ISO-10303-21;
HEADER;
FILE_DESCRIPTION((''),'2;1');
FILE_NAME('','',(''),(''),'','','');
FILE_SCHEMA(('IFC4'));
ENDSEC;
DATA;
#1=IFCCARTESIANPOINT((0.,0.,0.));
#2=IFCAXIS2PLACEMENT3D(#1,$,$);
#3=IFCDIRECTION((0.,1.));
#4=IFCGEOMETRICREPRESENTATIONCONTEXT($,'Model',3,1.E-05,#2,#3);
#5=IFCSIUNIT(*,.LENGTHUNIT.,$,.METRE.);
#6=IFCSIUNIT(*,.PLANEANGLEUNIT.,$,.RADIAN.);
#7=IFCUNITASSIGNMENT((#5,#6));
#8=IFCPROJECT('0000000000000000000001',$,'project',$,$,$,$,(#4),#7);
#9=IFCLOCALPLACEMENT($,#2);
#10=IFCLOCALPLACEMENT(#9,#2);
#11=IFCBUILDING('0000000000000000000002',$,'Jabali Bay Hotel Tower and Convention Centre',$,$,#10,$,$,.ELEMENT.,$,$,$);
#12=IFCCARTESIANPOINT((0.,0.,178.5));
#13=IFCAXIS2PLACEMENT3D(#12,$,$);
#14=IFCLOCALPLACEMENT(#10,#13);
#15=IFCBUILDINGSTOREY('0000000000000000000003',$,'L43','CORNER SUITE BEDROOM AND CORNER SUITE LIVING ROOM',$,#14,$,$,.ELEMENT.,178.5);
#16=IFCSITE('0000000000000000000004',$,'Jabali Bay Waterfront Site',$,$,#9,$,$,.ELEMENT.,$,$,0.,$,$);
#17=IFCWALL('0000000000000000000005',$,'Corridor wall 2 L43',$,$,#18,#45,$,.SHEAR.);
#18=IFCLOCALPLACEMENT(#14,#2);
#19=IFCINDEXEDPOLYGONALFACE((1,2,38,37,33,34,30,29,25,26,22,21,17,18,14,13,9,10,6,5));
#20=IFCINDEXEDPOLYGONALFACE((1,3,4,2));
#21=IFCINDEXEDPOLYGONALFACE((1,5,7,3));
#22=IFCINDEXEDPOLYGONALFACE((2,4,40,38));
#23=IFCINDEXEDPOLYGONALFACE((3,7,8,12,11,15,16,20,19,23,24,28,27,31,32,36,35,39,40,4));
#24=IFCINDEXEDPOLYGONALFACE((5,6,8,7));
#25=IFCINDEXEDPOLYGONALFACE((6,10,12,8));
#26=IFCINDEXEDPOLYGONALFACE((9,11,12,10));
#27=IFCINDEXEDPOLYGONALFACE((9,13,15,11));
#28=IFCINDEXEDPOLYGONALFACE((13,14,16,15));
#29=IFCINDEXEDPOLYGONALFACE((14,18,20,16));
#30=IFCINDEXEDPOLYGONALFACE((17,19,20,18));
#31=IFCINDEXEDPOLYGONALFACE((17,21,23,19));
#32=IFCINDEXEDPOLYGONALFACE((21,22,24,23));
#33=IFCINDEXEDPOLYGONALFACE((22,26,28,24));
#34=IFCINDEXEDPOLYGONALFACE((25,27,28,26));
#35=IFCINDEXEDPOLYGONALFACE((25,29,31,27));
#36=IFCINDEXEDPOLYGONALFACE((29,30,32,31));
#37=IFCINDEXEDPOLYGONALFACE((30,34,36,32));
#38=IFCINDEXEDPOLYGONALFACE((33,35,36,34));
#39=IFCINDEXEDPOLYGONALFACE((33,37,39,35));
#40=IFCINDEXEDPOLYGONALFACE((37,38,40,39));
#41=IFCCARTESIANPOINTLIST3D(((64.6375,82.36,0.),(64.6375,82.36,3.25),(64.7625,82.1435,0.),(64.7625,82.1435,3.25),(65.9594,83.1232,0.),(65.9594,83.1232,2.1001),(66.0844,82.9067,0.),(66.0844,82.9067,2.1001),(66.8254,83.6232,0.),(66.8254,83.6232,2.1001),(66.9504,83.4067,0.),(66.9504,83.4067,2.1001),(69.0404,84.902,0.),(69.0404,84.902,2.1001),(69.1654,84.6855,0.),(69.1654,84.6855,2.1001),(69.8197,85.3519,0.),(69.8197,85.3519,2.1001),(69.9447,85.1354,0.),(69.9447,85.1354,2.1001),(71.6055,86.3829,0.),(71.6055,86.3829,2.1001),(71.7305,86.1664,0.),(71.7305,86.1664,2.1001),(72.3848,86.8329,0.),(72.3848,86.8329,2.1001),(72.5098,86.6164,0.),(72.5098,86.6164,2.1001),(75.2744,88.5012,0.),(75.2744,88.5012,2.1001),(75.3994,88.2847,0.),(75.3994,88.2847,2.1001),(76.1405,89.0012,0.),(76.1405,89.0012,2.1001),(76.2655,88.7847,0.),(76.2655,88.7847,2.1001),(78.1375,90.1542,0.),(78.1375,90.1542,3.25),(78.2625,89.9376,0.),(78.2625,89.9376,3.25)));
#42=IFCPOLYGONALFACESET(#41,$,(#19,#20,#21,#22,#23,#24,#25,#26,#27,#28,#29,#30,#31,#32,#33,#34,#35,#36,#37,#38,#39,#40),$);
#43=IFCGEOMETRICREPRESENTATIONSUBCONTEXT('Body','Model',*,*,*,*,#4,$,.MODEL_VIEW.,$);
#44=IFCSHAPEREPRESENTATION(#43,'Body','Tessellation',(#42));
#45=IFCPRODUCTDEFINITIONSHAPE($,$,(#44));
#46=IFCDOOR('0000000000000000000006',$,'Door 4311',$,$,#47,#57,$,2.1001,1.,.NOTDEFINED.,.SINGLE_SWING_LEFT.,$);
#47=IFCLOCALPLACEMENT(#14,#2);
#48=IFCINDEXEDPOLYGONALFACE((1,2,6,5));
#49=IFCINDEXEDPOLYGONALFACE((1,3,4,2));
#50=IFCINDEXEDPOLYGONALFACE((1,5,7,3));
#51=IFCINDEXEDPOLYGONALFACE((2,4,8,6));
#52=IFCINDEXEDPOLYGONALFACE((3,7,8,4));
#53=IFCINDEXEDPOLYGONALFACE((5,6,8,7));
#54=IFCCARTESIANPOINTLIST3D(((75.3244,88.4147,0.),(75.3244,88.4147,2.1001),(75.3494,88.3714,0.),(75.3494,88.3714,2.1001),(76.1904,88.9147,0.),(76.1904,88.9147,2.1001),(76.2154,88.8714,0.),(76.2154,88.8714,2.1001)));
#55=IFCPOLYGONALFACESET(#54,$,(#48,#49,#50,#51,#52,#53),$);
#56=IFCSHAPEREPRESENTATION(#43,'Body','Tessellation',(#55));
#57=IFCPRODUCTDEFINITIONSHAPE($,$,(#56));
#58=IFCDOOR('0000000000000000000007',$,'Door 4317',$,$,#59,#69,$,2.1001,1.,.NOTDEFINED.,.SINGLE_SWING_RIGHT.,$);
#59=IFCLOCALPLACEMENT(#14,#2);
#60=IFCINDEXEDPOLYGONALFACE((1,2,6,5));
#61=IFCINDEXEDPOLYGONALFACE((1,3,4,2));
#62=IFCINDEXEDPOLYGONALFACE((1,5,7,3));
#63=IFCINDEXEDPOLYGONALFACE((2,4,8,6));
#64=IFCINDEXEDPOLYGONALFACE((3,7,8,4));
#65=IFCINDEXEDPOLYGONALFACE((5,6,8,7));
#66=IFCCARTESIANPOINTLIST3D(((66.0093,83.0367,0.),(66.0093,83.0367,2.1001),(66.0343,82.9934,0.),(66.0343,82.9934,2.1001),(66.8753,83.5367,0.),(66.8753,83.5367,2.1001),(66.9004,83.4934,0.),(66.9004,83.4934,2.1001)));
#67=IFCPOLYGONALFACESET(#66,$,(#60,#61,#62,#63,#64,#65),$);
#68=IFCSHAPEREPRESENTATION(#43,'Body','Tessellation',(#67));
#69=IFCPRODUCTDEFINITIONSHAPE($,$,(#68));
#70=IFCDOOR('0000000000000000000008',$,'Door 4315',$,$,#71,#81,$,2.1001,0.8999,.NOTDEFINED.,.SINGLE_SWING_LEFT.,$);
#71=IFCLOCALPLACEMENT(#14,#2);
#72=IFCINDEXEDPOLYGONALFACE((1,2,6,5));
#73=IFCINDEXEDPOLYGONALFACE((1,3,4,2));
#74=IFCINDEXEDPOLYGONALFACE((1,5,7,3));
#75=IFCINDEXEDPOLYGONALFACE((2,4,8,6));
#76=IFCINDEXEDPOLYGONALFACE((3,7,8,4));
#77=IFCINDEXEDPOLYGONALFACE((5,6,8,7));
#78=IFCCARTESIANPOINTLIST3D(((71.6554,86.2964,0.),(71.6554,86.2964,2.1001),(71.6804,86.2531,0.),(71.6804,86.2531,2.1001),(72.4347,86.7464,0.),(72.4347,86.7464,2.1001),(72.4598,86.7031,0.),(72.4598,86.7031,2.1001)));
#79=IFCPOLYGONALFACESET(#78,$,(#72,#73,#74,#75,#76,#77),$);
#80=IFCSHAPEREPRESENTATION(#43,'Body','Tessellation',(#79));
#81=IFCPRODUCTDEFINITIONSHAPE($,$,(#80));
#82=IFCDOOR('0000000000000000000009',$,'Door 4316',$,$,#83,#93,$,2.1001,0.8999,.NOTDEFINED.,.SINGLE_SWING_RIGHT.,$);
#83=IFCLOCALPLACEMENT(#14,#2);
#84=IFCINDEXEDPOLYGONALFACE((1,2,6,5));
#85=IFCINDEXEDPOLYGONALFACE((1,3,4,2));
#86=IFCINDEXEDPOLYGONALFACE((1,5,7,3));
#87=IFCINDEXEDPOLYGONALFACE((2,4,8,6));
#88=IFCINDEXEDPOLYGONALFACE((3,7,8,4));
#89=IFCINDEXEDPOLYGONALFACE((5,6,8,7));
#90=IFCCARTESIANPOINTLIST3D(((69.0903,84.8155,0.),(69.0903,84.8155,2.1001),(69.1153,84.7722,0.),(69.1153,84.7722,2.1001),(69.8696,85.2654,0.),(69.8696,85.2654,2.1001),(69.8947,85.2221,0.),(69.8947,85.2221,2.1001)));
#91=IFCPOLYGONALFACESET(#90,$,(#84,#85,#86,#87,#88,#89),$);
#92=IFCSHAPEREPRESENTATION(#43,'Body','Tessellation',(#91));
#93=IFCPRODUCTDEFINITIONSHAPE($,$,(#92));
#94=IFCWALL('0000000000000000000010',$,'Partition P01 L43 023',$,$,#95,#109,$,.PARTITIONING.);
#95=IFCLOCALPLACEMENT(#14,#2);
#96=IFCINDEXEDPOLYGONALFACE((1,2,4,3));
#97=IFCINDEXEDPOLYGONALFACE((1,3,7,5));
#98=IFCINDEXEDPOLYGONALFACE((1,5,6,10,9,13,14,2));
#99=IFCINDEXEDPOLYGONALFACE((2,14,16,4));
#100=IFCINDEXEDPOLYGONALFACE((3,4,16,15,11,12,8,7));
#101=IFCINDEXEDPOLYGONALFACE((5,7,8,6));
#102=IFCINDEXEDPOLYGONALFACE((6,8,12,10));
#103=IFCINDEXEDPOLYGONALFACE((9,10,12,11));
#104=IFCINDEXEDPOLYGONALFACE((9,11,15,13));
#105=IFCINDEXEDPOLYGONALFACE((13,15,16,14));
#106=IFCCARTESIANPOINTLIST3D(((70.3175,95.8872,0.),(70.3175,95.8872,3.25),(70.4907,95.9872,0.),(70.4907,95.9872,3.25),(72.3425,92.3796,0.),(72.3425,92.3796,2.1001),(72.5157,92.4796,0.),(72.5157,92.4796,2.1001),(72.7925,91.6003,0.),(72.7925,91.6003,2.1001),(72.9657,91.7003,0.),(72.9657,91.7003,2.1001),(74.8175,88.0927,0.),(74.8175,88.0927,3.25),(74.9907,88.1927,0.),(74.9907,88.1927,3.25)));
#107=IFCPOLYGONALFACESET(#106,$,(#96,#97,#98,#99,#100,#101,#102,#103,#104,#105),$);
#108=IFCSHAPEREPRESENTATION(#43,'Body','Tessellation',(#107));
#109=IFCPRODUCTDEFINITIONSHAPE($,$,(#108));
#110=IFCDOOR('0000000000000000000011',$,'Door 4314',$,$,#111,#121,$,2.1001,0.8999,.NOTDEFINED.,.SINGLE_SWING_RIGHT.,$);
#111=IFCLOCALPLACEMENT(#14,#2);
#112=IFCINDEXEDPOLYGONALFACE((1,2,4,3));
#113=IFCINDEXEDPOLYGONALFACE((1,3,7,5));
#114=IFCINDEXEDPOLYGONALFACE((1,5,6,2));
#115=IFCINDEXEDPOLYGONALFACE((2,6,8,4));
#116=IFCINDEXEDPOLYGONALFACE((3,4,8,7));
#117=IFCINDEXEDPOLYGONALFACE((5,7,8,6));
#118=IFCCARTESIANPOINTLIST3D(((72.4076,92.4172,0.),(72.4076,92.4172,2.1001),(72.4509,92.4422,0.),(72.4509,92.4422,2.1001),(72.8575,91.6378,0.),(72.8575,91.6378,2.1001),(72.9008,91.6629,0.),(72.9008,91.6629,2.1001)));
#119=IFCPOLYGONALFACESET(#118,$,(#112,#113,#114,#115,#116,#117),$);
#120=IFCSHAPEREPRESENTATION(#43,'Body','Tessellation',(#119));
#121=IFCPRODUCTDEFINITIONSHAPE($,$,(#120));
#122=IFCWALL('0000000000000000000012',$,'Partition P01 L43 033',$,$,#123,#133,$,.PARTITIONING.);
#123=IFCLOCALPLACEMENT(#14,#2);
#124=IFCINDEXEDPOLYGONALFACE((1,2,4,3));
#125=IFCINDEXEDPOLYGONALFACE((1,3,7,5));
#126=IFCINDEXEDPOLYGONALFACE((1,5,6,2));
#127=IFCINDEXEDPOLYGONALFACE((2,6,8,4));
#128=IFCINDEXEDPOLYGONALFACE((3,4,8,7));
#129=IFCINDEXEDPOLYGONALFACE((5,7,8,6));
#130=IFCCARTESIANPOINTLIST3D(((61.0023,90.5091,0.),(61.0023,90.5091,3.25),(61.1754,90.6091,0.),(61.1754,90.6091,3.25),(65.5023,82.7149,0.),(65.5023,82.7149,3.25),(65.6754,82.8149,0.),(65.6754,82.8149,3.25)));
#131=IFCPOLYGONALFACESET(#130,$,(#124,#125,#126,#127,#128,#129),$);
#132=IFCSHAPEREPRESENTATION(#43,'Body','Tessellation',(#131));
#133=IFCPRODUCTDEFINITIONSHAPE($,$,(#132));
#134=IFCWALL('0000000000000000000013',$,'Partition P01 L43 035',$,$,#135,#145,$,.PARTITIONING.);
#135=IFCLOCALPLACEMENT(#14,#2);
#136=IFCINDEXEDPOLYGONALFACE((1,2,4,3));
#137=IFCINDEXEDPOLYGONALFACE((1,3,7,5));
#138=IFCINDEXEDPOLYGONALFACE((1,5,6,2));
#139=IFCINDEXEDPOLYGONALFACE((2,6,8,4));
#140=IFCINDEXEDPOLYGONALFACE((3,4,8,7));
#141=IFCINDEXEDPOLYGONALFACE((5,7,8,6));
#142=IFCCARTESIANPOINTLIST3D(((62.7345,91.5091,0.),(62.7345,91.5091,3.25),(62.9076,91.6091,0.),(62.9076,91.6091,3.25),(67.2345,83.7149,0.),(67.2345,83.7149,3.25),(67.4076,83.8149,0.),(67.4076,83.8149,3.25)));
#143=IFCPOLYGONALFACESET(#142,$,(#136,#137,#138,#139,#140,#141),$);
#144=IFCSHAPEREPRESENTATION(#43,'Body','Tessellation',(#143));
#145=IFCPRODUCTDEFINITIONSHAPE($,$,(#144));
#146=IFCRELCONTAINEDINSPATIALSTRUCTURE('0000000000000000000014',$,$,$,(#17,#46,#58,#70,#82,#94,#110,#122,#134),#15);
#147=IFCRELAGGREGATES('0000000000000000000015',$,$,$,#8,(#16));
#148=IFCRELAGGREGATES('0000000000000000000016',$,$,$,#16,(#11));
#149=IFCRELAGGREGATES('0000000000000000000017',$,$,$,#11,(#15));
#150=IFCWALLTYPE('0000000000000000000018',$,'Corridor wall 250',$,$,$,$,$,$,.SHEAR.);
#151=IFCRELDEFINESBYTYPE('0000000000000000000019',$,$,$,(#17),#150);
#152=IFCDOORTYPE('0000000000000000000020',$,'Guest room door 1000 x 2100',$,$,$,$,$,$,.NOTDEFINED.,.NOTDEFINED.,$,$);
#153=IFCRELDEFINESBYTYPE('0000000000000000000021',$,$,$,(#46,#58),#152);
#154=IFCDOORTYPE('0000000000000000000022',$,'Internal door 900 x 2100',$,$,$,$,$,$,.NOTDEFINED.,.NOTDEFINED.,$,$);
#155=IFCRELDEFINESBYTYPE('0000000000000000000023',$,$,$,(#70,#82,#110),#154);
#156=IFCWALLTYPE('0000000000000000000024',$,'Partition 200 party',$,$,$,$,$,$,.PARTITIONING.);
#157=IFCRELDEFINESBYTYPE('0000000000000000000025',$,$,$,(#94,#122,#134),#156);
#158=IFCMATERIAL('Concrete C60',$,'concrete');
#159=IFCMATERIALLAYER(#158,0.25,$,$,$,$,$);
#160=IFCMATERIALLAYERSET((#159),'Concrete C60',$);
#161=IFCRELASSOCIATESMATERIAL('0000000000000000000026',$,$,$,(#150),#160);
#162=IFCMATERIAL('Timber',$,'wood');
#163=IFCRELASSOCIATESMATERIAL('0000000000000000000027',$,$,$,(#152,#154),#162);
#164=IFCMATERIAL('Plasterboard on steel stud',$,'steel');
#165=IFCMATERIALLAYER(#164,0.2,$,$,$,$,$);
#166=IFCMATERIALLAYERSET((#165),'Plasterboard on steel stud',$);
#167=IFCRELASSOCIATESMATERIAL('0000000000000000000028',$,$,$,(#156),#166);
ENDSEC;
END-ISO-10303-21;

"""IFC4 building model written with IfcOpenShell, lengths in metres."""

from ifc_helpers import new_model, si_unit, direction, frame, frame_2d, origin, place, context, subcontext, project, spatial, rectangle, extrude, material, layer, layer_set, type_object, element, fill, save


model = new_model("IFC4")

# Units and contexts
model_context = context("Model", 3, precision=1e-05, world=origin(), true_north=direction((0.0, 1.0)))
body_context = subcontext(model_context, "Body", "Model", "MODEL_VIEW")
ifc_project = project(units=[si_unit("LENGTHUNIT", "METRE"), si_unit("PLANEANGLEUNIT", "RADIAN")], contexts=[model_context])

# Site, building, storey
site_placement = place(None, origin())
site = spatial("IfcSite", under=ifc_project, at=site_placement, Name="Jabali Bay Waterfront Site", CompositionType="ELEMENT", RefElevation=0.0)
building_placement = place(site_placement, origin())
building = spatial("IfcBuilding", under=site, at=building_placement, Name="Jabali Bay Hotel Tower and Convention Centre", CompositionType="ELEMENT")
storey_placement = place(building_placement, frame((0.0, 0.0, 178.5)))
storey = spatial("IfcBuildingStorey", under=building, at=storey_placement, Name="L43", Description="CORNER SUITE BEDROOM AND CORNER SUITE LIVING ROOM", CompositionType="ELEMENT", Elevation=178.5)

# Shared definitions
ifc_material_1 = material(Name="Concrete C60", Category="concrete")

# Wall, openings, doors
ifc_layer_1 = layer(ifc_material_1, 0.25)
ifc_layer_set_1 = layer_set([ifc_layer_1], Name="Concrete C60")
wall_type_1 = type_object("IfcWallType", Name="Corridor wall 250", PredefinedType="SHEAR", material=ifc_layer_set_1)
wall_1_placement = place(storey_placement, frame((78.2, 90.0459, 0.0), z_axis=(0.0, 0.0, 1.0), x_axis=(-0.866026, -0.499998, 0.0)))
wall_1 = element("IfcWall", 1, at=wall_1_placement, inside=storey, type_object=wall_type_1, Name="Corridor wall 2 L43", PredefinedType="SHEAR", context=body_context, shape_type="SweptSolid", body=[
    extrude(rectangle(XDim=15.5884, YDim=0.25, at=frame_2d((7.7942, 0.0))), origin(), (0.0, 0.0, 1.0), 3.25),
])
opening_1_placement = place(wall_1_placement, frame((2.3059, 0.0, 0.0)))
opening_1 = element("IfcOpeningElement", 2, at=opening_1_placement, cuts=wall_1, PredefinedType="OPENING", context=body_context, shape_type="SweptSolid", body=[
    extrude(rectangle(XDim=1.0, YDim=2.1001, at=frame_2d((0.5, 1.05))), frame((0.0, 0.1355, 0.0), z_axis=(0.0, -1.0, 0.0), x_axis=(1.0, 0.0, 0.0)), (0.0, 0.0, 1.0), 0.271),
])
opening_2_placement = place(wall_1_placement, frame((6.6426, 0.0, 0.0)))
opening_2 = element("IfcOpeningElement", 3, at=opening_2_placement, cuts=wall_1, PredefinedType="OPENING", context=body_context, shape_type="SweptSolid", body=[
    extrude(rectangle(XDim=0.8999, YDim=2.1001, at=frame_2d((0.45, 1.05))), frame((0.0, 0.1355, 0.0), z_axis=(0.0, -1.0, 0.0), x_axis=(1.0, 0.0, 0.0)), (0.0, 0.0, 1.0), 0.271),
])
opening_3_placement = place(wall_1_placement, frame((9.6045, 0.0, 0.0)))
opening_3 = element("IfcOpeningElement", 4, at=opening_3_placement, cuts=wall_1, PredefinedType="OPENING", context=body_context, shape_type="SweptSolid", body=[
    extrude(rectangle(XDim=0.8999, YDim=2.1001, at=frame_2d((0.45, 1.05))), frame((0.0, 0.1355, 0.0), z_axis=(0.0, -1.0, 0.0), x_axis=(1.0, 0.0, 0.0)), (0.0, 0.0, 1.0), 0.271),
])
opening_4_placement = place(wall_1_placement, frame((13.062, 0.0, 0.0)))
opening_4 = element("IfcOpeningElement", 5, at=opening_4_placement, cuts=wall_1, PredefinedType="OPENING", context=body_context, shape_type="SweptSolid", body=[
    extrude(rectangle(XDim=1.0, YDim=2.1001, at=frame_2d((0.5, 1.05))), frame((0.0, 0.1355, 0.0), z_axis=(0.0, -1.0, 0.0), x_axis=(1.0, 0.0, 0.0)), (0.0, 0.0, 1.0), 0.271),
])
ifc_material_2 = material(Name="Timber", Category="wood")
door_type_1 = type_object("IfcDoorType", Name="Guest room door 1000 x 2100", OperationType="NOTDEFINED", PredefinedType="NOTDEFINED", material=ifc_material_2)
door_1_placement = place(opening_1_placement, origin())
door_1 = element("IfcDoor", 6, at=door_1_placement, inside=storey, type_object=door_type_1, Name="Door 4311", OperationType="SINGLE_SWING_LEFT", OverallHeight=2.1001, OverallWidth=1.0, PredefinedType="NOTDEFINED", context=body_context, shape_type="SweptSolid", body=[
    extrude(rectangle(XDim=1.0, YDim=2.1001, at=frame_2d((0.5, 1.05))), frame((0.0, 0.0249, 0.0), z_axis=(0.0, -1.0, 0.0), x_axis=(1.0, 0.0, 0.0)), (0.0, 0.0, 1.0), 0.05),
])
fill(opening_1, door_1)
door_2_placement = place(opening_4_placement, origin())
door_2 = element("IfcDoor", 7, at=door_2_placement, inside=storey, type_object=door_type_1, Name="Door 4317", OperationType="SINGLE_SWING_RIGHT", OverallHeight=2.1001, OverallWidth=1.0, PredefinedType="NOTDEFINED", context=body_context, shape_type="SweptSolid", body=[
    extrude(rectangle(XDim=1.0, YDim=2.1001, at=frame_2d((0.5, 1.05))), frame((0.0, 0.0249, 0.0), z_axis=(0.0, -1.0, 0.0), x_axis=(1.0, 0.0, 0.0)), (0.0, 0.0, 1.0), 0.05),
])
fill(opening_4, door_2)
door_type_2 = type_object("IfcDoorType", Name="Internal door 900 x 2100", OperationType="NOTDEFINED", PredefinedType="NOTDEFINED", material=ifc_material_2)
door_3_placement = place(opening_2_placement, origin())
door_3 = element("IfcDoor", 8, at=door_3_placement, inside=storey, type_object=door_type_2, Name="Door 4315", OperationType="SINGLE_SWING_LEFT", OverallHeight=2.1001, OverallWidth=0.8999, PredefinedType="NOTDEFINED", context=body_context, shape_type="SweptSolid", body=[
    extrude(rectangle(XDim=0.8999, YDim=2.1001, at=frame_2d((0.45, 1.05))), frame((0.0, 0.0249, 0.0), z_axis=(0.0, -1.0, 0.0), x_axis=(1.0, 0.0, 0.0)), (0.0, 0.0, 1.0), 0.05),
])
fill(opening_2, door_3)
door_4_placement = place(opening_3_placement, origin())
door_4 = element("IfcDoor", 9, at=door_4_placement, inside=storey, type_object=door_type_2, Name="Door 4316", OperationType="SINGLE_SWING_RIGHT", OverallHeight=2.1001, OverallWidth=0.8999, PredefinedType="NOTDEFINED", context=body_context, shape_type="SweptSolid", body=[
    extrude(rectangle(XDim=0.8999, YDim=2.1001, at=frame_2d((0.45, 1.05))), frame((0.0, 0.0249, 0.0), z_axis=(0.0, -1.0, 0.0), x_axis=(1.0, 0.0, 0.0)), (0.0, 0.0, 1.0), 0.05),
])
fill(opening_3, door_4)

# Wall, opening, door
ifc_material_3 = material(Name="Plasterboard on steel stud", Category="steel")
ifc_layer_2 = layer(ifc_material_3, 0.2)
ifc_layer_set_2 = layer_set([ifc_layer_2], Name="Plasterboard on steel stud")
wall_type_2 = type_object("IfcWallType", Name="Partition 200 party", PredefinedType="PARTITIONING", material=ifc_layer_set_2)
wall_2_placement = place(storey_placement, frame((74.9041, 88.1428, 0.0), z_axis=(0.0, 0.0, 1.0), x_axis=(-0.49999, 0.866031, 0.0)))
wall_2 = element("IfcWall", 10, at=wall_2_placement, inside=storey, type_object=wall_type_2, Name="Partition P01 L43 023", PredefinedType="PARTITIONING", context=body_context, shape_type="SweptSolid", body=[
    extrude(rectangle(XDim=9.0002, YDim=0.2, at=frame_2d((4.5, 0.0))), origin(), (0.0, 0.0, 1.0), 3.25),
])
opening_5_placement = place(wall_2_placement, frame((4.05, 0.0, 0.0)))
opening_5 = element("IfcOpeningElement", 11, at=opening_5_placement, cuts=wall_2, PredefinedType="OPENING", context=body_context, shape_type="SweptSolid", body=[
    extrude(rectangle(XDim=0.8999, YDim=2.1001, at=frame_2d((0.45, 1.05))), frame((0.0, 0.1104, 0.0), z_axis=(0.0, -1.0, 0.0), x_axis=(1.0, 0.0, 0.0)), (0.0, 0.0, 1.0), 0.2209),
])
door_5_placement = place(opening_5_placement, origin())
door_5 = element("IfcDoor", 12, at=door_5_placement, inside=storey, type_object=door_type_2, Name="Door 4314", OperationType="SINGLE_SWING_RIGHT", OverallHeight=2.1001, OverallWidth=0.8999, PredefinedType="NOTDEFINED", context=body_context, shape_type="SweptSolid", body=[
    extrude(rectangle(XDim=0.8999, YDim=2.1001, at=frame_2d((0.45, 1.05))), frame((0.0, 0.0249, 0.0), z_axis=(0.0, -1.0, 0.0), x_axis=(1.0, 0.0, 0.0)), (0.0, 0.0, 1.0), 0.05),
])
fill(opening_5, door_5)

# Walls
for number, where, z_axis, x_axis, name in (
    (13, (65.5889, 82.7649, 0.0), (0.0, 0.0, 1.0), (-0.500002, 0.866024, 0.0), "Partition P01 L43 033"),
    (14, (62.821, 91.5591, 0.0), (0.0, 0.0, 1.0), (0.500002, -0.866024, 0.0), "Partition P01 L43 035"),
):
    element("IfcWall", number, at=place(storey_placement, frame(where, z_axis=z_axis, x_axis=x_axis)), inside=storey, type_object=wall_type_2, Name=name, PredefinedType="PARTITIONING", context=body_context, shape_type="SweptSolid", body=[
        extrude(rectangle(XDim=9.0, YDim=0.2, at=frame_2d((4.5, 0.0))), origin(), (0.0, 0.0, 1.0), 3.25),
    ])

save(model, "model.ifc")
